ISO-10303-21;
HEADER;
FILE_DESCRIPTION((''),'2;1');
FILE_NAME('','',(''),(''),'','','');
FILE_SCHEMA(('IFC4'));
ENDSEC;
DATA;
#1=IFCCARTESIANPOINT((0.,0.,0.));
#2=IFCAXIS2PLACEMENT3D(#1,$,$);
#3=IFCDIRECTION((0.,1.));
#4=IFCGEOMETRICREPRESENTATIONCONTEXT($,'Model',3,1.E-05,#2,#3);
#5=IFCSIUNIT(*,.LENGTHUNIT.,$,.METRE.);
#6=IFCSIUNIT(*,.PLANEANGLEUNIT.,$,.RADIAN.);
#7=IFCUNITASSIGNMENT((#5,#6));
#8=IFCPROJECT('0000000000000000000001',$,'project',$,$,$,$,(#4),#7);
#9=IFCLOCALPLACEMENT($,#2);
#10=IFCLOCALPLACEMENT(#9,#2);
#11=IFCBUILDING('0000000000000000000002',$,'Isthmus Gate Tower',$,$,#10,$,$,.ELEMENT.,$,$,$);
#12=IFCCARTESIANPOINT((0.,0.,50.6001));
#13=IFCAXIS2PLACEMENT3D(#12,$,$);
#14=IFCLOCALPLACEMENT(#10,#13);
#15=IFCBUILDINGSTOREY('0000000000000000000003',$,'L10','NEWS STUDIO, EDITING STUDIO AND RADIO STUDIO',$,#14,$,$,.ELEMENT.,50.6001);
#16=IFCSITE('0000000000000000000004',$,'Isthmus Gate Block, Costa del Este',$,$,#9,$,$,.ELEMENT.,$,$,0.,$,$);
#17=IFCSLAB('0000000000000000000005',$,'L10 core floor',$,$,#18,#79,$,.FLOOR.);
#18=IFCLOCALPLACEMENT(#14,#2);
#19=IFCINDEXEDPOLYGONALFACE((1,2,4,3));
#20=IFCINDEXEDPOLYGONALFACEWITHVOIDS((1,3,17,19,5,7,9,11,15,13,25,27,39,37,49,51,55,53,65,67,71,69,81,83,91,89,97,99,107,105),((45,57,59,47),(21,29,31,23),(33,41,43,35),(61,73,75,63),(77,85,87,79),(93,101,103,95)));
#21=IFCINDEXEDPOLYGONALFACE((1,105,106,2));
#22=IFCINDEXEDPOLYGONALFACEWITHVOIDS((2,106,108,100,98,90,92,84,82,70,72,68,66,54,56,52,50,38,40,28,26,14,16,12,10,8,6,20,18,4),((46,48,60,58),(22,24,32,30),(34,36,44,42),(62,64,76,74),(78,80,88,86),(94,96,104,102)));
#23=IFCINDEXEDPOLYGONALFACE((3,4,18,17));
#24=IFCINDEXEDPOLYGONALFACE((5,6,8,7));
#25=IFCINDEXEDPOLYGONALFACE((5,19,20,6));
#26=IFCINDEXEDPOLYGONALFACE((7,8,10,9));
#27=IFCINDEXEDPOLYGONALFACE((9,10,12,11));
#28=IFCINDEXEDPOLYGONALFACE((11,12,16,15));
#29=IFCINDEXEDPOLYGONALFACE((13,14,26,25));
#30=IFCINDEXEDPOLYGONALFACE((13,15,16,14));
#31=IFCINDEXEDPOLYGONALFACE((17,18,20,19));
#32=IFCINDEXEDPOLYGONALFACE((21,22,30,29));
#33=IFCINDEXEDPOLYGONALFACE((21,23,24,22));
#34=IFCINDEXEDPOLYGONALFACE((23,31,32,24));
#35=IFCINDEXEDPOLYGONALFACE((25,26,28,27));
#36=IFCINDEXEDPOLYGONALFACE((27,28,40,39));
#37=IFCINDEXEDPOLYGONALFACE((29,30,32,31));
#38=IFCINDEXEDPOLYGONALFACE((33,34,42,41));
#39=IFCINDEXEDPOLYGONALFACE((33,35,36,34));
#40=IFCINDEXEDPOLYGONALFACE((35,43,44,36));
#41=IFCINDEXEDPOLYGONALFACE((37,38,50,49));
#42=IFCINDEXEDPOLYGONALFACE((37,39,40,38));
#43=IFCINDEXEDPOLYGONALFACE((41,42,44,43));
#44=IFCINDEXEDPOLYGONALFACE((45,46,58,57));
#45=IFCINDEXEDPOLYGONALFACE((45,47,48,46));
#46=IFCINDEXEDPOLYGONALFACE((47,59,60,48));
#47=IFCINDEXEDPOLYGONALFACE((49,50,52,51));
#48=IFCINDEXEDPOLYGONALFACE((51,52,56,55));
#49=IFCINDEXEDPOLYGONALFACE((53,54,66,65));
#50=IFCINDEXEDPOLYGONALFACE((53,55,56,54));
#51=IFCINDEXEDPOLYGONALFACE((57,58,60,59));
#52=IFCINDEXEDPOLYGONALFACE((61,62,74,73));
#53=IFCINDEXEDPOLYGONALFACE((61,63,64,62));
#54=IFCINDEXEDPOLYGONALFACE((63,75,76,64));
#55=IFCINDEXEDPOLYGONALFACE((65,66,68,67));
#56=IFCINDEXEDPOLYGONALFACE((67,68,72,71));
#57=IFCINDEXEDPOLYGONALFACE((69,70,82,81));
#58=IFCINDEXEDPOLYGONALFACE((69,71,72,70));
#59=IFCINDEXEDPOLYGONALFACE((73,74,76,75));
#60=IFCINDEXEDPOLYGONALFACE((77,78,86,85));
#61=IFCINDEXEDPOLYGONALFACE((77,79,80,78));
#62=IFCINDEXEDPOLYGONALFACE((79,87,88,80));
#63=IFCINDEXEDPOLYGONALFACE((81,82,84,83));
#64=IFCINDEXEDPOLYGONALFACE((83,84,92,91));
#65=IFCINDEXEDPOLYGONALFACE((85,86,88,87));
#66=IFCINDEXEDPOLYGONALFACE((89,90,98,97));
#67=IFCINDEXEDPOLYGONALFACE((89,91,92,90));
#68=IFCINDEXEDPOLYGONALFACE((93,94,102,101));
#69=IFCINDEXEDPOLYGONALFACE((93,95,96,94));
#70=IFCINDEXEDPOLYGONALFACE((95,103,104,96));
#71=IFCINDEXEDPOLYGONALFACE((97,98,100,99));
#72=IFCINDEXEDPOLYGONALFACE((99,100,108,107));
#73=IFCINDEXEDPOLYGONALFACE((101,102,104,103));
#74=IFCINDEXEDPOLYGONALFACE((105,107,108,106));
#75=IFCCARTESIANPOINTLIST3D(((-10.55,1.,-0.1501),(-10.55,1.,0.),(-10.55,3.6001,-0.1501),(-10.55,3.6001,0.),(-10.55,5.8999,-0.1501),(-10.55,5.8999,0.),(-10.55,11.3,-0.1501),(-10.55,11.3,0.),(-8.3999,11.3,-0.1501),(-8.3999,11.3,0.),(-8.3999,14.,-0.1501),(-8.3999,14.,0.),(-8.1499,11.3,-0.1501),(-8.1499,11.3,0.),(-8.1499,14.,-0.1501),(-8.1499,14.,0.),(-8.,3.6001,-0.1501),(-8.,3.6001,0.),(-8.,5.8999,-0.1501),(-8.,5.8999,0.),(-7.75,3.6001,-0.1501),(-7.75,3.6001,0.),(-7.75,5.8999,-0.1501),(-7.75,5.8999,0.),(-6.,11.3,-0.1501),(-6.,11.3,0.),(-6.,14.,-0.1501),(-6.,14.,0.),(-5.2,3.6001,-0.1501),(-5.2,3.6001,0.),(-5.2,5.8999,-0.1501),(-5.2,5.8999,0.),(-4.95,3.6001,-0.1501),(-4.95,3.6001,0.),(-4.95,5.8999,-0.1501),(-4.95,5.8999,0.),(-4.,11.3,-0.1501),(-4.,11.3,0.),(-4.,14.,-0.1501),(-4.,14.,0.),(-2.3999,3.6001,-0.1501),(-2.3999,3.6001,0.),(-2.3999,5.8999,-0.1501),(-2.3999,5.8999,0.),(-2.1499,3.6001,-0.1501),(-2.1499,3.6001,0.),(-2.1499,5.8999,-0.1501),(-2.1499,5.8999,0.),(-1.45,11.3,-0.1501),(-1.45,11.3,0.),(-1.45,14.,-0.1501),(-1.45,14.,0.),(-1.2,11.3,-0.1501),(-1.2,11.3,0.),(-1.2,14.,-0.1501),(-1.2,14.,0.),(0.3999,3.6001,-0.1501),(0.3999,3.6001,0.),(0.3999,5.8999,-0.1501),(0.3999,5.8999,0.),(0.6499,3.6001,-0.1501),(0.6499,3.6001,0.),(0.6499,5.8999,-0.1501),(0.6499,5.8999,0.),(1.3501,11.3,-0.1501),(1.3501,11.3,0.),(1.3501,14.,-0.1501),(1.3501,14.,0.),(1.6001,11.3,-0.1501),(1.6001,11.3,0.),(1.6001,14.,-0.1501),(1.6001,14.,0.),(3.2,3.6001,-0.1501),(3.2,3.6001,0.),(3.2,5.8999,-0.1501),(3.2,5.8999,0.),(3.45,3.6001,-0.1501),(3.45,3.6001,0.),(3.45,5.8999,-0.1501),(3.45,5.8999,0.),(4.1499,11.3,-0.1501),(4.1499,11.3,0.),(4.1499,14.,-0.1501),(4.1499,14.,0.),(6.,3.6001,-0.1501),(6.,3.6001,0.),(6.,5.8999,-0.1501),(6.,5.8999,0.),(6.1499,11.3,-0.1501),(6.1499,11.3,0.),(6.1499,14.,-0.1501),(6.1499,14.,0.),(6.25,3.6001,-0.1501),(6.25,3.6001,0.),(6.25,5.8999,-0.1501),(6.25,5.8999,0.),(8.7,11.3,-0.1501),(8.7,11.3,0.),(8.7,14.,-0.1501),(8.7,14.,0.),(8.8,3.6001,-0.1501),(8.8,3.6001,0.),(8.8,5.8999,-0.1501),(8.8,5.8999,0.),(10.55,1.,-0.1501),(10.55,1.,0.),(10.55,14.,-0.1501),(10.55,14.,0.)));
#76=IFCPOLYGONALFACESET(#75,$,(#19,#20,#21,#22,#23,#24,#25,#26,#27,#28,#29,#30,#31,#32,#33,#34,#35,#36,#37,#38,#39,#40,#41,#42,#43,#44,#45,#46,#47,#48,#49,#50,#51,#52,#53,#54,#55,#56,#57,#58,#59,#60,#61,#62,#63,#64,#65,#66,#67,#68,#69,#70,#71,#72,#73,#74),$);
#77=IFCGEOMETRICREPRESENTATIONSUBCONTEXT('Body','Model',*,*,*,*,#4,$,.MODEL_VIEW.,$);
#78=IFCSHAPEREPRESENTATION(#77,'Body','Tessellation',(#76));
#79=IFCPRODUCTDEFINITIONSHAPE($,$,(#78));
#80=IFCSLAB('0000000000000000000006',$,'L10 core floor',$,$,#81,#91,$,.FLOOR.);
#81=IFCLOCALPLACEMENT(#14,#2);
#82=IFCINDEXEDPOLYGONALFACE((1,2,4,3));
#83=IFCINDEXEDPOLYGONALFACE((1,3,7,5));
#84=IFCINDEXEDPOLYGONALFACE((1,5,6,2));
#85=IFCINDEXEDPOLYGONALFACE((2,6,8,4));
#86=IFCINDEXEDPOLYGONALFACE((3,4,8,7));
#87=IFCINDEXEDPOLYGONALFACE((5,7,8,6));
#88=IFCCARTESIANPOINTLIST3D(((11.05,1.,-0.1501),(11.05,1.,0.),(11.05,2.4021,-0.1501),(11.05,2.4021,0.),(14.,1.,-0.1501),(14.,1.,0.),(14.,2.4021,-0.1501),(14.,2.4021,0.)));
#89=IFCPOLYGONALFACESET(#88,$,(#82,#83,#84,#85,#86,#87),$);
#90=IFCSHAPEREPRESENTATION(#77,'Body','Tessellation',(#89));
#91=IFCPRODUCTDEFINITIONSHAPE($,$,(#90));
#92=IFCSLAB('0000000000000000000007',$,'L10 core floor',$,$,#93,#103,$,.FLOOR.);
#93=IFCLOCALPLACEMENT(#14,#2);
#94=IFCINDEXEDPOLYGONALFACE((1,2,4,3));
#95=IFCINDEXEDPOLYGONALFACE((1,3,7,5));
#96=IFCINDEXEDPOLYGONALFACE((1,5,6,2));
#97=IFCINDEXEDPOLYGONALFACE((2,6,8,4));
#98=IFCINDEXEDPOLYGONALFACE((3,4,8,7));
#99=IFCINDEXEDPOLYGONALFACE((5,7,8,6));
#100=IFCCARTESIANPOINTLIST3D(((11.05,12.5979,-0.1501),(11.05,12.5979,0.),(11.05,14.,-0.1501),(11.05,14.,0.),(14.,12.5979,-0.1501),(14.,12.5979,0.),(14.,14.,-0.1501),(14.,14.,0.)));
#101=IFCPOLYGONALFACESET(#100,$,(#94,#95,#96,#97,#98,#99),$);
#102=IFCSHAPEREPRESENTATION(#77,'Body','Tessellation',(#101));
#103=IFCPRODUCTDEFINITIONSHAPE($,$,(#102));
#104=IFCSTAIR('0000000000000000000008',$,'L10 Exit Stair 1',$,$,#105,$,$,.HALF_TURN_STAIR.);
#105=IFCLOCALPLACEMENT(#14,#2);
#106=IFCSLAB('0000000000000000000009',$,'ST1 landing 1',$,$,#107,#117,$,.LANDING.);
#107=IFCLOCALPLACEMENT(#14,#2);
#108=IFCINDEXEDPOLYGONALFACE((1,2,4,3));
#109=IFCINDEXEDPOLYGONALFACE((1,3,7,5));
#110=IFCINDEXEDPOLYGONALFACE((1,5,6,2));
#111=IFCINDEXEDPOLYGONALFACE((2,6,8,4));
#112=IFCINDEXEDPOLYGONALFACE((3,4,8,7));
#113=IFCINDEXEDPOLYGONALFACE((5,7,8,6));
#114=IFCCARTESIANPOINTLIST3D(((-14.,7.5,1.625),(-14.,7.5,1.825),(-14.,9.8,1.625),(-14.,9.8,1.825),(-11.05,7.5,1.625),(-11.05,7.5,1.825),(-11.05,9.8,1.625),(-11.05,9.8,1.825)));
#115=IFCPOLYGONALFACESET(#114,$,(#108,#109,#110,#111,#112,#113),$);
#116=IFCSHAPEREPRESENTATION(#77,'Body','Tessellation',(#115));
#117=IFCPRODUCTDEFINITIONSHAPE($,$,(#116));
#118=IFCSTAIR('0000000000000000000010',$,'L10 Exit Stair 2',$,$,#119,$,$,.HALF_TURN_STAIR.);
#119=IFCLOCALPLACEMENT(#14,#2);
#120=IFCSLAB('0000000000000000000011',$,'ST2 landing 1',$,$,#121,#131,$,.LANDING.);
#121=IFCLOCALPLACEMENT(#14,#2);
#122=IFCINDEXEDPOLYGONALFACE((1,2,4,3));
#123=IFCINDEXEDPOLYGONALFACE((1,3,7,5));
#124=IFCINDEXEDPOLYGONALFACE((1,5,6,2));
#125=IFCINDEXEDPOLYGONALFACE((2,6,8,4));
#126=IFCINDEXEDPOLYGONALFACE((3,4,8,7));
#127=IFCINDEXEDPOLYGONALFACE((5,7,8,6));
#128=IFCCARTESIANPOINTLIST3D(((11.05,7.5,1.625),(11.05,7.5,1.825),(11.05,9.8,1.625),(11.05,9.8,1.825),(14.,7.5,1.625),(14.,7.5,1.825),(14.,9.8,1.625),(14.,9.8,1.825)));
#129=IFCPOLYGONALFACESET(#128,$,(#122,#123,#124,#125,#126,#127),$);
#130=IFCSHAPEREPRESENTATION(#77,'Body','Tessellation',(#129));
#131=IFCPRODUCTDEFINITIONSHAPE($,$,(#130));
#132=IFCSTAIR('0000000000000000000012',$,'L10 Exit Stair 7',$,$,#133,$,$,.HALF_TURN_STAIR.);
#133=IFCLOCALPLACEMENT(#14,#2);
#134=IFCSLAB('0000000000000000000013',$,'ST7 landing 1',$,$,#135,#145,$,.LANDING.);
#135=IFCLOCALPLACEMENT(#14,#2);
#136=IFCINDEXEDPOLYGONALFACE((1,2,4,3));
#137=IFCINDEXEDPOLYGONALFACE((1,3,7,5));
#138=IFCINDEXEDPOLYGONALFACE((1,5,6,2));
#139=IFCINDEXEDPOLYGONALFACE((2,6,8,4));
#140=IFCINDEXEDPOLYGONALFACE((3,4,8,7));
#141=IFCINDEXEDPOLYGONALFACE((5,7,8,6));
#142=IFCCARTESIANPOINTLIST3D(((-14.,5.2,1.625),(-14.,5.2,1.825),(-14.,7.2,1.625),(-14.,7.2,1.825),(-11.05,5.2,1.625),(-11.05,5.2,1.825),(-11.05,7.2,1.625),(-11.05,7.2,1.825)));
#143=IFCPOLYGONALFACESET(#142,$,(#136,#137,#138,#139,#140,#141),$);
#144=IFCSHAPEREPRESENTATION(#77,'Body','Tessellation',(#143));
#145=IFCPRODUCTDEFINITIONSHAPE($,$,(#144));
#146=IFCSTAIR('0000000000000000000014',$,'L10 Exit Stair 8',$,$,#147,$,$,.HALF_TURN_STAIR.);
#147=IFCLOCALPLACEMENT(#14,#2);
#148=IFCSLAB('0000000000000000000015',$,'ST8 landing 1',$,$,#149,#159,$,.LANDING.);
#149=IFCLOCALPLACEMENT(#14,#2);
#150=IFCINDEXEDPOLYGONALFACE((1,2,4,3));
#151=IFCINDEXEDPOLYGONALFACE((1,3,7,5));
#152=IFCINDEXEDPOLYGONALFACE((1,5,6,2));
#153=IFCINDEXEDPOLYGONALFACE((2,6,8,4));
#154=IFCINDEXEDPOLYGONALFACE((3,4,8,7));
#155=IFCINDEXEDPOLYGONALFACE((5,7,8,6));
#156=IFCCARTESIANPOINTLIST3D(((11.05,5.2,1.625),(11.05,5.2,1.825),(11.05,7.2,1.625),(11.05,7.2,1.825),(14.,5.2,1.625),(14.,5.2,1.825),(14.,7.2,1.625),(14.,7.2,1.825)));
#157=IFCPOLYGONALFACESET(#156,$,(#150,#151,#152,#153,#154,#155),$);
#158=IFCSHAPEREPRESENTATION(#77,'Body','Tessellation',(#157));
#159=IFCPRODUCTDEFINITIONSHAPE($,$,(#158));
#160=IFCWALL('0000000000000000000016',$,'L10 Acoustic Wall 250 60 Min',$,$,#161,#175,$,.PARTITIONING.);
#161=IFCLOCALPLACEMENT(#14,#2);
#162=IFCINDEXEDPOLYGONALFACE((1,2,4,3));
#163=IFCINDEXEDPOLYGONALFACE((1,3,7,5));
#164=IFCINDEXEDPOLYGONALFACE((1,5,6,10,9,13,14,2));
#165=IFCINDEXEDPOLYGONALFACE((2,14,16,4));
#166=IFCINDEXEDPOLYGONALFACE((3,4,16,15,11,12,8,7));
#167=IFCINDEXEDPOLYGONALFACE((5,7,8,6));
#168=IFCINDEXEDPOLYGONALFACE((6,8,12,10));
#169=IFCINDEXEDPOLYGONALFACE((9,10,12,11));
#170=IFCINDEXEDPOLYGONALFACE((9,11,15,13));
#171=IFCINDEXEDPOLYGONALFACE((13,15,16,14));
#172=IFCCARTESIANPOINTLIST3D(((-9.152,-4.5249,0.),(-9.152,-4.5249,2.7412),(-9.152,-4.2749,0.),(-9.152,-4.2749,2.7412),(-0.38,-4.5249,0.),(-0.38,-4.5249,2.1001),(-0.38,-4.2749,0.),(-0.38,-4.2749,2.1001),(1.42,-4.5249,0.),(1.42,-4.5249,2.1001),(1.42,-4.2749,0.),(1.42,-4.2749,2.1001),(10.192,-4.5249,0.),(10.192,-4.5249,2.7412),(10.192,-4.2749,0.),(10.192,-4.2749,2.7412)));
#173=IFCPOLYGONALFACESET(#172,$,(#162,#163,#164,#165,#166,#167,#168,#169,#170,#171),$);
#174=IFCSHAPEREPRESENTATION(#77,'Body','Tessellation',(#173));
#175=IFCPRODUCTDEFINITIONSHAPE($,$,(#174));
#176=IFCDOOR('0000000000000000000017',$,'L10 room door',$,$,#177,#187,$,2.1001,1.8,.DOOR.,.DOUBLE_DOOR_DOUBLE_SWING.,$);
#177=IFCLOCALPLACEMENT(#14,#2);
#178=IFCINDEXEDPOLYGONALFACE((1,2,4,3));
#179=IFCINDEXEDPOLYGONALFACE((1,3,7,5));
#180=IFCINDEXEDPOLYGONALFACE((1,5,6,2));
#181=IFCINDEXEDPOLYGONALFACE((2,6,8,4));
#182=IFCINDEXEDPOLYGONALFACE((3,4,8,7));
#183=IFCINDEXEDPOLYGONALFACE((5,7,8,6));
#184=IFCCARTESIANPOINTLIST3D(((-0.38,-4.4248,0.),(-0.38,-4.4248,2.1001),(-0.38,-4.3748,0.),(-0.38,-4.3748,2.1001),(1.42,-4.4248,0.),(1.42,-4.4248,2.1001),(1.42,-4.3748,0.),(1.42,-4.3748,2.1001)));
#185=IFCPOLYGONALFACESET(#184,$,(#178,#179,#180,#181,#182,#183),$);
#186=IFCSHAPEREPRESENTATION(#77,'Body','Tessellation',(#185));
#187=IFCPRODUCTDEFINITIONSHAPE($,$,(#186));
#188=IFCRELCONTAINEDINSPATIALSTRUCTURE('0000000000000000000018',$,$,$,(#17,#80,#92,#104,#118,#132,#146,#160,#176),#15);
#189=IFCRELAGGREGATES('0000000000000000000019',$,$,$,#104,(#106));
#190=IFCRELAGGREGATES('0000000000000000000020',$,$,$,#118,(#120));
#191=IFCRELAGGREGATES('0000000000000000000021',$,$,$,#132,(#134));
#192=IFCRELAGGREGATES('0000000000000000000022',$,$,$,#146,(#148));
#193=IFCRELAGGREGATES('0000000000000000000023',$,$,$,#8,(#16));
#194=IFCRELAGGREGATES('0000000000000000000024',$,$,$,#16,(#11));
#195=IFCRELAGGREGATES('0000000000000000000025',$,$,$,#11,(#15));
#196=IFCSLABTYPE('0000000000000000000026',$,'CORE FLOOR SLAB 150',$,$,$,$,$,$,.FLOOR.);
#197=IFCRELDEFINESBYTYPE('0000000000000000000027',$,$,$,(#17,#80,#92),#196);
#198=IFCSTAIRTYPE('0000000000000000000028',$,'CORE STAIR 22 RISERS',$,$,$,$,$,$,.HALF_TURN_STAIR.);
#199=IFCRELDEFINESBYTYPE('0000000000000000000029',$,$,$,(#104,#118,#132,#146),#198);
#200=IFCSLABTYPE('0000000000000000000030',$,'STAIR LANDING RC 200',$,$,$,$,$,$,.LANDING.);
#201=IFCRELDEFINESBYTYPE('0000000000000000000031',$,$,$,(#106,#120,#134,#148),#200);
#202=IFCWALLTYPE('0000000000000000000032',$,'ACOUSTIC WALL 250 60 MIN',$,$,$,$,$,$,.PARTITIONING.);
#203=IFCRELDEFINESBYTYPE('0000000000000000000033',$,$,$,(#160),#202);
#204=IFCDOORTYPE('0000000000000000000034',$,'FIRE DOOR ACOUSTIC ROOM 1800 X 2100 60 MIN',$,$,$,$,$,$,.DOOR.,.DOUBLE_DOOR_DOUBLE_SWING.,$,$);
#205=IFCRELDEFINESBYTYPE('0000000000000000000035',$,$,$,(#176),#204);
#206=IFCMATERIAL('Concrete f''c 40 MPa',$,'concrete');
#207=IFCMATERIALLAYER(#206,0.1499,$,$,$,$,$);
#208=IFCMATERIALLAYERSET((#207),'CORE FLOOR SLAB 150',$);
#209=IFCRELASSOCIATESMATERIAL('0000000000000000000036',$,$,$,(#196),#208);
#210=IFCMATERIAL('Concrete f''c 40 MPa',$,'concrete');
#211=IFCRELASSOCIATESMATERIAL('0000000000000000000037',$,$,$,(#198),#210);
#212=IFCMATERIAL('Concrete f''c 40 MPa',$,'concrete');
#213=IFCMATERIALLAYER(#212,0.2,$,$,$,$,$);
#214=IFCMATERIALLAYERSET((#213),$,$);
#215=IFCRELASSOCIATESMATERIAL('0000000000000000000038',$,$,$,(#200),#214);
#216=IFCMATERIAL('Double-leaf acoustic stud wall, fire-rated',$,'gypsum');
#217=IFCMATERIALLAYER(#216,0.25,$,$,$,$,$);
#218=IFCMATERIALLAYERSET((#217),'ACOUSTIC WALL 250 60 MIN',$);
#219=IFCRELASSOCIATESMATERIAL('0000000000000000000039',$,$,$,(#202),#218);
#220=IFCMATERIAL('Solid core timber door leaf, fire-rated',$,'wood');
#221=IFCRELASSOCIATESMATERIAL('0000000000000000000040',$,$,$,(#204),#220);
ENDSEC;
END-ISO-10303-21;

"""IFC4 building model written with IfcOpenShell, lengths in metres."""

from ifc_helpers import new_model, si_unit, direction, frame, frame_2d, origin, place, context, subcontext, project, spatial, polyline, rectangle, outline, extrude, material, layer, layer_set, type_object, element, fill, aggregate, save


model = new_model("IFC4")

# Units and contexts
model_context = context("Model", 3, precision=1e-05, world=origin(), true_north=direction((0.0, 1.0)))
body_context = subcontext(model_context, "Body", "Model", "MODEL_VIEW")
ifc_project = project(units=[si_unit("LENGTHUNIT", "METRE"), si_unit("PLANEANGLEUNIT", "RADIAN")], contexts=[model_context])

# Site, building, storey
site_placement = place(None, origin())
site = spatial("IfcSite", under=ifc_project, at=site_placement, Name="Isthmus Gate Block, Costa del Este", CompositionType="ELEMENT", RefElevation=0.0)
building_placement = place(site_placement, origin())
building = spatial("IfcBuilding", under=site, at=building_placement, Name="Isthmus Gate Tower", CompositionType="ELEMENT")
storey_placement = place(building_placement, frame((0.0, 0.0, 50.6001)))
storey = spatial("IfcBuildingStorey", under=building, at=storey_placement, Name="L10", Description="NEWS STUDIO, EDITING STUDIO AND RADIO STUDIO", CompositionType="ELEMENT", Elevation=50.6001)

# Slabs
ifc_material_1 = material(Name="Concrete f'c 40 MPa", Category="concrete")
ifc_layer_1 = layer(ifc_material_1, 0.1499)
ifc_layer_set_1 = layer_set([ifc_layer_1], Name="CORE FLOOR SLAB 150")
slab_type_1 = type_object("IfcSlabType", Name="CORE FLOOR SLAB 150", PredefinedType="FLOOR", material=ifc_layer_set_1)
slab_1_placement = place(storey_placement, frame((0.0, 0.0, -0.1501)))
element("IfcSlab", 1, at=slab_1_placement, inside=storey, type_object=slab_type_1, Name="L10 core floor", PredefinedType="FLOOR", context=body_context, shape_type="SweptSolid", body=[
    extrude(outline(polyline([(10.55, 14.0), (8.7, 14.0), (8.7, 11.3), (6.1499, 11.3), (6.1499, 14.0), (4.1499, 14.0), (4.1499, 11.3), (1.6001, 11.3), (1.6001, 14.0), (1.3501, 14.0), (1.3501, 11.3), (-1.2, 11.3), (-1.2, 14.0), (-1.45, 14.0), (-1.45, 11.3), (-4.0, 11.3), (-4.0, 14.0), (-6.0, 14.0), (-6.0, 11.3), (-8.1499, 11.3), (-8.1499, 14.0), (-8.3999, 14.0), (-8.3999, 11.3), (-10.55, 11.3), (-10.55, 5.8999), (-8.0, 5.8999), (-8.0, 3.6001), (-10.55, 3.6001), (-10.55, 1.0), (10.55, 1.0), (10.55, 14.0)]), holes=[polyline([(-5.2, 5.8999), (-5.2, 3.6001), (-7.75, 3.6001), (-7.75, 5.8999), (-5.2, 5.8999)]), polyline([(-2.3999, 5.8999), (-2.3999, 3.6001), (-4.95, 3.6001), (-4.95, 5.8999), (-2.3999, 5.8999)]), polyline([(0.3999, 5.8999), (0.3999, 3.6001), (-2.1499, 3.6001), (-2.1499, 5.8999), (0.3999, 5.8999)]), polyline([(3.2, 5.8999), (3.2, 3.6001), (0.6499, 3.6001), (0.6499, 5.8999), (3.2, 5.8999)]), polyline([(6.0, 5.8999), (6.0, 3.6001), (3.45, 3.6001), (3.45, 5.8999), (6.0, 5.8999)]), polyline([(8.8, 5.8999), (8.8, 3.6001), (6.25, 3.6001), (6.25, 5.8999), (8.8, 5.8999)])]), origin(), (0.0, 0.0, 1.0), 0.1501),
])
slab_2_placement = place(storey_placement, frame((0.0, 0.0, -0.1501)))
element("IfcSlab", 2, at=slab_2_placement, inside=storey, type_object=slab_type_1, Name="L10 core floor", PredefinedType="FLOOR", context=body_context, shape_type="SweptSolid", body=[
    extrude(outline(polyline([(14.0, 1.0), (14.0, 2.4021), (11.05, 2.4021), (11.05, 1.0), (14.0, 1.0)])), origin(), (0.0, 0.0, 1.0), 0.1501),
])
slab_3_placement = place(storey_placement, frame((0.0, 0.0, -0.1501)))
element("IfcSlab", 3, at=slab_3_placement, inside=storey, type_object=slab_type_1, Name="L10 core floor", PredefinedType="FLOOR", context=body_context, shape_type="SweptSolid", body=[
    extrude(outline(polyline([(11.05, 14.0), (11.05, 12.5979), (14.0, 12.5979), (14.0, 14.0), (11.05, 14.0)])), origin(), (0.0, 0.0, 1.0), 0.1501),
])

# Stairs, slabs
ifc_material_2 = material(Name="Concrete f'c 40 MPa", Category="concrete")
stair_type = type_object("IfcStairType", Name="CORE STAIR 22 RISERS", PredefinedType="HALF_TURN_STAIR", material=ifc_material_2)
stair_1_placement = place(storey_placement, origin())
stair_1 = element("IfcStair", 4, at=stair_1_placement, inside=storey, type_object=stair_type, Name="L10 Exit Stair 1", PredefinedType="HALF_TURN_STAIR")
ifc_material_3 = material(Name="Concrete f'c 40 MPa", Category="concrete")
ifc_layer_2 = layer(ifc_material_3, 0.2)
ifc_layer_set_2 = layer_set([ifc_layer_2])
slab_type_2 = type_object("IfcSlabType", Name="STAIR LANDING RC 200", PredefinedType="LANDING", material=ifc_layer_set_2)
slab_4_placement = place(storey_placement, frame((0.0, 0.0, 1.625)))
slab_4 = element("IfcSlab", 5, at=slab_4_placement, type_object=slab_type_2, Name="ST1 landing 1", PredefinedType="LANDING", context=body_context, shape_type="SweptSolid", body=[
    extrude(outline(polyline([(-14.0, 9.8), (-14.0, 7.5), (-11.05, 7.5), (-11.05, 9.8), (-14.0, 9.8)])), origin(), (0.0, 0.0, 1.0), 0.2),
])
aggregate(stair_1, [slab_4])
stair_2_placement = place(storey_placement, origin())
stair_2 = element("IfcStair", 6, at=stair_2_placement, inside=storey, type_object=stair_type, Name="L10 Exit Stair 2", PredefinedType="HALF_TURN_STAIR")
slab_5_placement = place(storey_placement, frame((0.0, 0.0, 1.625)))
slab_5 = element("IfcSlab", 7, at=slab_5_placement, type_object=slab_type_2, Name="ST2 landing 1", PredefinedType="LANDING", context=body_context, shape_type="SweptSolid", body=[
    extrude(outline(polyline([(11.05, 9.8), (11.05, 7.5), (14.0, 7.5), (14.0, 9.8), (11.05, 9.8)])), origin(), (0.0, 0.0, 1.0), 0.2),
])
aggregate(stair_2, [slab_5])
stair_3_placement = place(storey_placement, origin())
stair_3 = element("IfcStair", 8, at=stair_3_placement, inside=storey, type_object=stair_type, Name="L10 Exit Stair 7", PredefinedType="HALF_TURN_STAIR")
slab_6_placement = place(storey_placement, frame((0.0, 0.0, 1.625)))
slab_6 = element("IfcSlab", 9, at=slab_6_placement, type_object=slab_type_2, Name="ST7 landing 1", PredefinedType="LANDING", context=body_context, shape_type="SweptSolid", body=[
    extrude(outline(polyline([(-11.05, 5.2), (-11.05, 7.2), (-14.0, 7.2), (-14.0, 5.2), (-11.05, 5.2)])), origin(), (0.0, 0.0, 1.0), 0.2),
])
aggregate(stair_3, [slab_6])
stair_4_placement = place(storey_placement, origin())
stair_4 = element("IfcStair", 10, at=stair_4_placement, inside=storey, type_object=stair_type, Name="L10 Exit Stair 8", PredefinedType="HALF_TURN_STAIR")
slab_7_placement = place(storey_placement, frame((0.0, 0.0, 1.625)))
slab_7 = element("IfcSlab", 11, at=slab_7_placement, type_object=slab_type_2, Name="ST8 landing 1", PredefinedType="LANDING", context=body_context, shape_type="SweptSolid", body=[
    extrude(outline(polyline([(14.0, 5.2), (14.0, 7.2), (11.05, 7.2), (11.05, 5.2), (14.0, 5.2)])), origin(), (0.0, 0.0, 1.0), 0.2),
])

# Wall, opening, door
ifc_material_4 = material(Name="Double-leaf acoustic stud wall, fire-rated", Category="gypsum")
ifc_layer_3 = layer(ifc_material_4, 0.25)
ifc_layer_set_3 = layer_set([ifc_layer_3], Name="ACOUSTIC WALL 250 60 MIN")
wall_type_1 = type_object("IfcWallType", Name="ACOUSTIC WALL 250 60 MIN", PredefinedType="PARTITIONING", material=ifc_layer_set_3)
wall_1_placement = place(storey_placement, frame((10.1919, -4.3999, 0.0), z_axis=(0.0, 0.0, 1.0), x_axis=(-1.0, 0.0, 0.0)))
wall_1 = element("IfcWall", 12, at=wall_1_placement, inside=storey, type_object=wall_type_1, Name="L10 Acoustic Wall 250 60 Min", PredefinedType="PARTITIONING", context=body_context, shape_type="SweptSolid", body=[
    extrude(rectangle(XDim=19.344, YDim=0.25, at=frame_2d((9.6719, 0.0))), origin(), (0.0, 0.0, 1.0), 2.7412),
])
opening_placement = place(wall_1_placement, frame((8.772, 0.0, 0.0)))
opening = element("IfcOpeningElement", 13, at=opening_placement, cuts=wall_1, PredefinedType="OPENING", context=body_context, shape_type="SweptSolid", body=[
    extrude(rectangle(XDim=1.8, YDim=2.1001, at=frame_2d((0.8999, 1.05))), frame((0.0, 0.135, 0.0), z_axis=(0.0, -1.0, 0.0), x_axis=(1.0, 0.0, 0.0)), (0.0, 0.0, 1.0), 0.27),
])
ifc_material_5 = material(Name="Solid core timber door leaf, fire-rated", Category="wood")
door_type = type_object("IfcDoorType", Name="FIRE DOOR ACOUSTIC ROOM 1800 X 2100 60 MIN", OperationType="DOUBLE_DOOR_DOUBLE_SWING", PredefinedType="DOOR", material=ifc_material_5)
door_placement = place(opening_placement, origin())
door = element("IfcDoor", 14, at=door_placement, inside=storey, type_object=door_type, Name="L10 room door", OperationType="DOUBLE_DOOR_DOUBLE_SWING", OverallHeight=2.1001, OverallWidth=1.8, PredefinedType="DOOR", context=body_context, shape_type="SweptSolid", body=[
    extrude(rectangle(XDim=1.8, YDim=2.1001, at=frame_2d((0.8999, 1.05))), frame((0.0, 0.0249, 0.0), z_axis=(0.0, -1.0, 0.0), x_axis=(1.0, 0.0, 0.0)), (0.0, 0.0, 1.0), 0.05),
])
fill(opening, door)

aggregate(stair_4, [slab_7])

save(model, "model.ifc")
